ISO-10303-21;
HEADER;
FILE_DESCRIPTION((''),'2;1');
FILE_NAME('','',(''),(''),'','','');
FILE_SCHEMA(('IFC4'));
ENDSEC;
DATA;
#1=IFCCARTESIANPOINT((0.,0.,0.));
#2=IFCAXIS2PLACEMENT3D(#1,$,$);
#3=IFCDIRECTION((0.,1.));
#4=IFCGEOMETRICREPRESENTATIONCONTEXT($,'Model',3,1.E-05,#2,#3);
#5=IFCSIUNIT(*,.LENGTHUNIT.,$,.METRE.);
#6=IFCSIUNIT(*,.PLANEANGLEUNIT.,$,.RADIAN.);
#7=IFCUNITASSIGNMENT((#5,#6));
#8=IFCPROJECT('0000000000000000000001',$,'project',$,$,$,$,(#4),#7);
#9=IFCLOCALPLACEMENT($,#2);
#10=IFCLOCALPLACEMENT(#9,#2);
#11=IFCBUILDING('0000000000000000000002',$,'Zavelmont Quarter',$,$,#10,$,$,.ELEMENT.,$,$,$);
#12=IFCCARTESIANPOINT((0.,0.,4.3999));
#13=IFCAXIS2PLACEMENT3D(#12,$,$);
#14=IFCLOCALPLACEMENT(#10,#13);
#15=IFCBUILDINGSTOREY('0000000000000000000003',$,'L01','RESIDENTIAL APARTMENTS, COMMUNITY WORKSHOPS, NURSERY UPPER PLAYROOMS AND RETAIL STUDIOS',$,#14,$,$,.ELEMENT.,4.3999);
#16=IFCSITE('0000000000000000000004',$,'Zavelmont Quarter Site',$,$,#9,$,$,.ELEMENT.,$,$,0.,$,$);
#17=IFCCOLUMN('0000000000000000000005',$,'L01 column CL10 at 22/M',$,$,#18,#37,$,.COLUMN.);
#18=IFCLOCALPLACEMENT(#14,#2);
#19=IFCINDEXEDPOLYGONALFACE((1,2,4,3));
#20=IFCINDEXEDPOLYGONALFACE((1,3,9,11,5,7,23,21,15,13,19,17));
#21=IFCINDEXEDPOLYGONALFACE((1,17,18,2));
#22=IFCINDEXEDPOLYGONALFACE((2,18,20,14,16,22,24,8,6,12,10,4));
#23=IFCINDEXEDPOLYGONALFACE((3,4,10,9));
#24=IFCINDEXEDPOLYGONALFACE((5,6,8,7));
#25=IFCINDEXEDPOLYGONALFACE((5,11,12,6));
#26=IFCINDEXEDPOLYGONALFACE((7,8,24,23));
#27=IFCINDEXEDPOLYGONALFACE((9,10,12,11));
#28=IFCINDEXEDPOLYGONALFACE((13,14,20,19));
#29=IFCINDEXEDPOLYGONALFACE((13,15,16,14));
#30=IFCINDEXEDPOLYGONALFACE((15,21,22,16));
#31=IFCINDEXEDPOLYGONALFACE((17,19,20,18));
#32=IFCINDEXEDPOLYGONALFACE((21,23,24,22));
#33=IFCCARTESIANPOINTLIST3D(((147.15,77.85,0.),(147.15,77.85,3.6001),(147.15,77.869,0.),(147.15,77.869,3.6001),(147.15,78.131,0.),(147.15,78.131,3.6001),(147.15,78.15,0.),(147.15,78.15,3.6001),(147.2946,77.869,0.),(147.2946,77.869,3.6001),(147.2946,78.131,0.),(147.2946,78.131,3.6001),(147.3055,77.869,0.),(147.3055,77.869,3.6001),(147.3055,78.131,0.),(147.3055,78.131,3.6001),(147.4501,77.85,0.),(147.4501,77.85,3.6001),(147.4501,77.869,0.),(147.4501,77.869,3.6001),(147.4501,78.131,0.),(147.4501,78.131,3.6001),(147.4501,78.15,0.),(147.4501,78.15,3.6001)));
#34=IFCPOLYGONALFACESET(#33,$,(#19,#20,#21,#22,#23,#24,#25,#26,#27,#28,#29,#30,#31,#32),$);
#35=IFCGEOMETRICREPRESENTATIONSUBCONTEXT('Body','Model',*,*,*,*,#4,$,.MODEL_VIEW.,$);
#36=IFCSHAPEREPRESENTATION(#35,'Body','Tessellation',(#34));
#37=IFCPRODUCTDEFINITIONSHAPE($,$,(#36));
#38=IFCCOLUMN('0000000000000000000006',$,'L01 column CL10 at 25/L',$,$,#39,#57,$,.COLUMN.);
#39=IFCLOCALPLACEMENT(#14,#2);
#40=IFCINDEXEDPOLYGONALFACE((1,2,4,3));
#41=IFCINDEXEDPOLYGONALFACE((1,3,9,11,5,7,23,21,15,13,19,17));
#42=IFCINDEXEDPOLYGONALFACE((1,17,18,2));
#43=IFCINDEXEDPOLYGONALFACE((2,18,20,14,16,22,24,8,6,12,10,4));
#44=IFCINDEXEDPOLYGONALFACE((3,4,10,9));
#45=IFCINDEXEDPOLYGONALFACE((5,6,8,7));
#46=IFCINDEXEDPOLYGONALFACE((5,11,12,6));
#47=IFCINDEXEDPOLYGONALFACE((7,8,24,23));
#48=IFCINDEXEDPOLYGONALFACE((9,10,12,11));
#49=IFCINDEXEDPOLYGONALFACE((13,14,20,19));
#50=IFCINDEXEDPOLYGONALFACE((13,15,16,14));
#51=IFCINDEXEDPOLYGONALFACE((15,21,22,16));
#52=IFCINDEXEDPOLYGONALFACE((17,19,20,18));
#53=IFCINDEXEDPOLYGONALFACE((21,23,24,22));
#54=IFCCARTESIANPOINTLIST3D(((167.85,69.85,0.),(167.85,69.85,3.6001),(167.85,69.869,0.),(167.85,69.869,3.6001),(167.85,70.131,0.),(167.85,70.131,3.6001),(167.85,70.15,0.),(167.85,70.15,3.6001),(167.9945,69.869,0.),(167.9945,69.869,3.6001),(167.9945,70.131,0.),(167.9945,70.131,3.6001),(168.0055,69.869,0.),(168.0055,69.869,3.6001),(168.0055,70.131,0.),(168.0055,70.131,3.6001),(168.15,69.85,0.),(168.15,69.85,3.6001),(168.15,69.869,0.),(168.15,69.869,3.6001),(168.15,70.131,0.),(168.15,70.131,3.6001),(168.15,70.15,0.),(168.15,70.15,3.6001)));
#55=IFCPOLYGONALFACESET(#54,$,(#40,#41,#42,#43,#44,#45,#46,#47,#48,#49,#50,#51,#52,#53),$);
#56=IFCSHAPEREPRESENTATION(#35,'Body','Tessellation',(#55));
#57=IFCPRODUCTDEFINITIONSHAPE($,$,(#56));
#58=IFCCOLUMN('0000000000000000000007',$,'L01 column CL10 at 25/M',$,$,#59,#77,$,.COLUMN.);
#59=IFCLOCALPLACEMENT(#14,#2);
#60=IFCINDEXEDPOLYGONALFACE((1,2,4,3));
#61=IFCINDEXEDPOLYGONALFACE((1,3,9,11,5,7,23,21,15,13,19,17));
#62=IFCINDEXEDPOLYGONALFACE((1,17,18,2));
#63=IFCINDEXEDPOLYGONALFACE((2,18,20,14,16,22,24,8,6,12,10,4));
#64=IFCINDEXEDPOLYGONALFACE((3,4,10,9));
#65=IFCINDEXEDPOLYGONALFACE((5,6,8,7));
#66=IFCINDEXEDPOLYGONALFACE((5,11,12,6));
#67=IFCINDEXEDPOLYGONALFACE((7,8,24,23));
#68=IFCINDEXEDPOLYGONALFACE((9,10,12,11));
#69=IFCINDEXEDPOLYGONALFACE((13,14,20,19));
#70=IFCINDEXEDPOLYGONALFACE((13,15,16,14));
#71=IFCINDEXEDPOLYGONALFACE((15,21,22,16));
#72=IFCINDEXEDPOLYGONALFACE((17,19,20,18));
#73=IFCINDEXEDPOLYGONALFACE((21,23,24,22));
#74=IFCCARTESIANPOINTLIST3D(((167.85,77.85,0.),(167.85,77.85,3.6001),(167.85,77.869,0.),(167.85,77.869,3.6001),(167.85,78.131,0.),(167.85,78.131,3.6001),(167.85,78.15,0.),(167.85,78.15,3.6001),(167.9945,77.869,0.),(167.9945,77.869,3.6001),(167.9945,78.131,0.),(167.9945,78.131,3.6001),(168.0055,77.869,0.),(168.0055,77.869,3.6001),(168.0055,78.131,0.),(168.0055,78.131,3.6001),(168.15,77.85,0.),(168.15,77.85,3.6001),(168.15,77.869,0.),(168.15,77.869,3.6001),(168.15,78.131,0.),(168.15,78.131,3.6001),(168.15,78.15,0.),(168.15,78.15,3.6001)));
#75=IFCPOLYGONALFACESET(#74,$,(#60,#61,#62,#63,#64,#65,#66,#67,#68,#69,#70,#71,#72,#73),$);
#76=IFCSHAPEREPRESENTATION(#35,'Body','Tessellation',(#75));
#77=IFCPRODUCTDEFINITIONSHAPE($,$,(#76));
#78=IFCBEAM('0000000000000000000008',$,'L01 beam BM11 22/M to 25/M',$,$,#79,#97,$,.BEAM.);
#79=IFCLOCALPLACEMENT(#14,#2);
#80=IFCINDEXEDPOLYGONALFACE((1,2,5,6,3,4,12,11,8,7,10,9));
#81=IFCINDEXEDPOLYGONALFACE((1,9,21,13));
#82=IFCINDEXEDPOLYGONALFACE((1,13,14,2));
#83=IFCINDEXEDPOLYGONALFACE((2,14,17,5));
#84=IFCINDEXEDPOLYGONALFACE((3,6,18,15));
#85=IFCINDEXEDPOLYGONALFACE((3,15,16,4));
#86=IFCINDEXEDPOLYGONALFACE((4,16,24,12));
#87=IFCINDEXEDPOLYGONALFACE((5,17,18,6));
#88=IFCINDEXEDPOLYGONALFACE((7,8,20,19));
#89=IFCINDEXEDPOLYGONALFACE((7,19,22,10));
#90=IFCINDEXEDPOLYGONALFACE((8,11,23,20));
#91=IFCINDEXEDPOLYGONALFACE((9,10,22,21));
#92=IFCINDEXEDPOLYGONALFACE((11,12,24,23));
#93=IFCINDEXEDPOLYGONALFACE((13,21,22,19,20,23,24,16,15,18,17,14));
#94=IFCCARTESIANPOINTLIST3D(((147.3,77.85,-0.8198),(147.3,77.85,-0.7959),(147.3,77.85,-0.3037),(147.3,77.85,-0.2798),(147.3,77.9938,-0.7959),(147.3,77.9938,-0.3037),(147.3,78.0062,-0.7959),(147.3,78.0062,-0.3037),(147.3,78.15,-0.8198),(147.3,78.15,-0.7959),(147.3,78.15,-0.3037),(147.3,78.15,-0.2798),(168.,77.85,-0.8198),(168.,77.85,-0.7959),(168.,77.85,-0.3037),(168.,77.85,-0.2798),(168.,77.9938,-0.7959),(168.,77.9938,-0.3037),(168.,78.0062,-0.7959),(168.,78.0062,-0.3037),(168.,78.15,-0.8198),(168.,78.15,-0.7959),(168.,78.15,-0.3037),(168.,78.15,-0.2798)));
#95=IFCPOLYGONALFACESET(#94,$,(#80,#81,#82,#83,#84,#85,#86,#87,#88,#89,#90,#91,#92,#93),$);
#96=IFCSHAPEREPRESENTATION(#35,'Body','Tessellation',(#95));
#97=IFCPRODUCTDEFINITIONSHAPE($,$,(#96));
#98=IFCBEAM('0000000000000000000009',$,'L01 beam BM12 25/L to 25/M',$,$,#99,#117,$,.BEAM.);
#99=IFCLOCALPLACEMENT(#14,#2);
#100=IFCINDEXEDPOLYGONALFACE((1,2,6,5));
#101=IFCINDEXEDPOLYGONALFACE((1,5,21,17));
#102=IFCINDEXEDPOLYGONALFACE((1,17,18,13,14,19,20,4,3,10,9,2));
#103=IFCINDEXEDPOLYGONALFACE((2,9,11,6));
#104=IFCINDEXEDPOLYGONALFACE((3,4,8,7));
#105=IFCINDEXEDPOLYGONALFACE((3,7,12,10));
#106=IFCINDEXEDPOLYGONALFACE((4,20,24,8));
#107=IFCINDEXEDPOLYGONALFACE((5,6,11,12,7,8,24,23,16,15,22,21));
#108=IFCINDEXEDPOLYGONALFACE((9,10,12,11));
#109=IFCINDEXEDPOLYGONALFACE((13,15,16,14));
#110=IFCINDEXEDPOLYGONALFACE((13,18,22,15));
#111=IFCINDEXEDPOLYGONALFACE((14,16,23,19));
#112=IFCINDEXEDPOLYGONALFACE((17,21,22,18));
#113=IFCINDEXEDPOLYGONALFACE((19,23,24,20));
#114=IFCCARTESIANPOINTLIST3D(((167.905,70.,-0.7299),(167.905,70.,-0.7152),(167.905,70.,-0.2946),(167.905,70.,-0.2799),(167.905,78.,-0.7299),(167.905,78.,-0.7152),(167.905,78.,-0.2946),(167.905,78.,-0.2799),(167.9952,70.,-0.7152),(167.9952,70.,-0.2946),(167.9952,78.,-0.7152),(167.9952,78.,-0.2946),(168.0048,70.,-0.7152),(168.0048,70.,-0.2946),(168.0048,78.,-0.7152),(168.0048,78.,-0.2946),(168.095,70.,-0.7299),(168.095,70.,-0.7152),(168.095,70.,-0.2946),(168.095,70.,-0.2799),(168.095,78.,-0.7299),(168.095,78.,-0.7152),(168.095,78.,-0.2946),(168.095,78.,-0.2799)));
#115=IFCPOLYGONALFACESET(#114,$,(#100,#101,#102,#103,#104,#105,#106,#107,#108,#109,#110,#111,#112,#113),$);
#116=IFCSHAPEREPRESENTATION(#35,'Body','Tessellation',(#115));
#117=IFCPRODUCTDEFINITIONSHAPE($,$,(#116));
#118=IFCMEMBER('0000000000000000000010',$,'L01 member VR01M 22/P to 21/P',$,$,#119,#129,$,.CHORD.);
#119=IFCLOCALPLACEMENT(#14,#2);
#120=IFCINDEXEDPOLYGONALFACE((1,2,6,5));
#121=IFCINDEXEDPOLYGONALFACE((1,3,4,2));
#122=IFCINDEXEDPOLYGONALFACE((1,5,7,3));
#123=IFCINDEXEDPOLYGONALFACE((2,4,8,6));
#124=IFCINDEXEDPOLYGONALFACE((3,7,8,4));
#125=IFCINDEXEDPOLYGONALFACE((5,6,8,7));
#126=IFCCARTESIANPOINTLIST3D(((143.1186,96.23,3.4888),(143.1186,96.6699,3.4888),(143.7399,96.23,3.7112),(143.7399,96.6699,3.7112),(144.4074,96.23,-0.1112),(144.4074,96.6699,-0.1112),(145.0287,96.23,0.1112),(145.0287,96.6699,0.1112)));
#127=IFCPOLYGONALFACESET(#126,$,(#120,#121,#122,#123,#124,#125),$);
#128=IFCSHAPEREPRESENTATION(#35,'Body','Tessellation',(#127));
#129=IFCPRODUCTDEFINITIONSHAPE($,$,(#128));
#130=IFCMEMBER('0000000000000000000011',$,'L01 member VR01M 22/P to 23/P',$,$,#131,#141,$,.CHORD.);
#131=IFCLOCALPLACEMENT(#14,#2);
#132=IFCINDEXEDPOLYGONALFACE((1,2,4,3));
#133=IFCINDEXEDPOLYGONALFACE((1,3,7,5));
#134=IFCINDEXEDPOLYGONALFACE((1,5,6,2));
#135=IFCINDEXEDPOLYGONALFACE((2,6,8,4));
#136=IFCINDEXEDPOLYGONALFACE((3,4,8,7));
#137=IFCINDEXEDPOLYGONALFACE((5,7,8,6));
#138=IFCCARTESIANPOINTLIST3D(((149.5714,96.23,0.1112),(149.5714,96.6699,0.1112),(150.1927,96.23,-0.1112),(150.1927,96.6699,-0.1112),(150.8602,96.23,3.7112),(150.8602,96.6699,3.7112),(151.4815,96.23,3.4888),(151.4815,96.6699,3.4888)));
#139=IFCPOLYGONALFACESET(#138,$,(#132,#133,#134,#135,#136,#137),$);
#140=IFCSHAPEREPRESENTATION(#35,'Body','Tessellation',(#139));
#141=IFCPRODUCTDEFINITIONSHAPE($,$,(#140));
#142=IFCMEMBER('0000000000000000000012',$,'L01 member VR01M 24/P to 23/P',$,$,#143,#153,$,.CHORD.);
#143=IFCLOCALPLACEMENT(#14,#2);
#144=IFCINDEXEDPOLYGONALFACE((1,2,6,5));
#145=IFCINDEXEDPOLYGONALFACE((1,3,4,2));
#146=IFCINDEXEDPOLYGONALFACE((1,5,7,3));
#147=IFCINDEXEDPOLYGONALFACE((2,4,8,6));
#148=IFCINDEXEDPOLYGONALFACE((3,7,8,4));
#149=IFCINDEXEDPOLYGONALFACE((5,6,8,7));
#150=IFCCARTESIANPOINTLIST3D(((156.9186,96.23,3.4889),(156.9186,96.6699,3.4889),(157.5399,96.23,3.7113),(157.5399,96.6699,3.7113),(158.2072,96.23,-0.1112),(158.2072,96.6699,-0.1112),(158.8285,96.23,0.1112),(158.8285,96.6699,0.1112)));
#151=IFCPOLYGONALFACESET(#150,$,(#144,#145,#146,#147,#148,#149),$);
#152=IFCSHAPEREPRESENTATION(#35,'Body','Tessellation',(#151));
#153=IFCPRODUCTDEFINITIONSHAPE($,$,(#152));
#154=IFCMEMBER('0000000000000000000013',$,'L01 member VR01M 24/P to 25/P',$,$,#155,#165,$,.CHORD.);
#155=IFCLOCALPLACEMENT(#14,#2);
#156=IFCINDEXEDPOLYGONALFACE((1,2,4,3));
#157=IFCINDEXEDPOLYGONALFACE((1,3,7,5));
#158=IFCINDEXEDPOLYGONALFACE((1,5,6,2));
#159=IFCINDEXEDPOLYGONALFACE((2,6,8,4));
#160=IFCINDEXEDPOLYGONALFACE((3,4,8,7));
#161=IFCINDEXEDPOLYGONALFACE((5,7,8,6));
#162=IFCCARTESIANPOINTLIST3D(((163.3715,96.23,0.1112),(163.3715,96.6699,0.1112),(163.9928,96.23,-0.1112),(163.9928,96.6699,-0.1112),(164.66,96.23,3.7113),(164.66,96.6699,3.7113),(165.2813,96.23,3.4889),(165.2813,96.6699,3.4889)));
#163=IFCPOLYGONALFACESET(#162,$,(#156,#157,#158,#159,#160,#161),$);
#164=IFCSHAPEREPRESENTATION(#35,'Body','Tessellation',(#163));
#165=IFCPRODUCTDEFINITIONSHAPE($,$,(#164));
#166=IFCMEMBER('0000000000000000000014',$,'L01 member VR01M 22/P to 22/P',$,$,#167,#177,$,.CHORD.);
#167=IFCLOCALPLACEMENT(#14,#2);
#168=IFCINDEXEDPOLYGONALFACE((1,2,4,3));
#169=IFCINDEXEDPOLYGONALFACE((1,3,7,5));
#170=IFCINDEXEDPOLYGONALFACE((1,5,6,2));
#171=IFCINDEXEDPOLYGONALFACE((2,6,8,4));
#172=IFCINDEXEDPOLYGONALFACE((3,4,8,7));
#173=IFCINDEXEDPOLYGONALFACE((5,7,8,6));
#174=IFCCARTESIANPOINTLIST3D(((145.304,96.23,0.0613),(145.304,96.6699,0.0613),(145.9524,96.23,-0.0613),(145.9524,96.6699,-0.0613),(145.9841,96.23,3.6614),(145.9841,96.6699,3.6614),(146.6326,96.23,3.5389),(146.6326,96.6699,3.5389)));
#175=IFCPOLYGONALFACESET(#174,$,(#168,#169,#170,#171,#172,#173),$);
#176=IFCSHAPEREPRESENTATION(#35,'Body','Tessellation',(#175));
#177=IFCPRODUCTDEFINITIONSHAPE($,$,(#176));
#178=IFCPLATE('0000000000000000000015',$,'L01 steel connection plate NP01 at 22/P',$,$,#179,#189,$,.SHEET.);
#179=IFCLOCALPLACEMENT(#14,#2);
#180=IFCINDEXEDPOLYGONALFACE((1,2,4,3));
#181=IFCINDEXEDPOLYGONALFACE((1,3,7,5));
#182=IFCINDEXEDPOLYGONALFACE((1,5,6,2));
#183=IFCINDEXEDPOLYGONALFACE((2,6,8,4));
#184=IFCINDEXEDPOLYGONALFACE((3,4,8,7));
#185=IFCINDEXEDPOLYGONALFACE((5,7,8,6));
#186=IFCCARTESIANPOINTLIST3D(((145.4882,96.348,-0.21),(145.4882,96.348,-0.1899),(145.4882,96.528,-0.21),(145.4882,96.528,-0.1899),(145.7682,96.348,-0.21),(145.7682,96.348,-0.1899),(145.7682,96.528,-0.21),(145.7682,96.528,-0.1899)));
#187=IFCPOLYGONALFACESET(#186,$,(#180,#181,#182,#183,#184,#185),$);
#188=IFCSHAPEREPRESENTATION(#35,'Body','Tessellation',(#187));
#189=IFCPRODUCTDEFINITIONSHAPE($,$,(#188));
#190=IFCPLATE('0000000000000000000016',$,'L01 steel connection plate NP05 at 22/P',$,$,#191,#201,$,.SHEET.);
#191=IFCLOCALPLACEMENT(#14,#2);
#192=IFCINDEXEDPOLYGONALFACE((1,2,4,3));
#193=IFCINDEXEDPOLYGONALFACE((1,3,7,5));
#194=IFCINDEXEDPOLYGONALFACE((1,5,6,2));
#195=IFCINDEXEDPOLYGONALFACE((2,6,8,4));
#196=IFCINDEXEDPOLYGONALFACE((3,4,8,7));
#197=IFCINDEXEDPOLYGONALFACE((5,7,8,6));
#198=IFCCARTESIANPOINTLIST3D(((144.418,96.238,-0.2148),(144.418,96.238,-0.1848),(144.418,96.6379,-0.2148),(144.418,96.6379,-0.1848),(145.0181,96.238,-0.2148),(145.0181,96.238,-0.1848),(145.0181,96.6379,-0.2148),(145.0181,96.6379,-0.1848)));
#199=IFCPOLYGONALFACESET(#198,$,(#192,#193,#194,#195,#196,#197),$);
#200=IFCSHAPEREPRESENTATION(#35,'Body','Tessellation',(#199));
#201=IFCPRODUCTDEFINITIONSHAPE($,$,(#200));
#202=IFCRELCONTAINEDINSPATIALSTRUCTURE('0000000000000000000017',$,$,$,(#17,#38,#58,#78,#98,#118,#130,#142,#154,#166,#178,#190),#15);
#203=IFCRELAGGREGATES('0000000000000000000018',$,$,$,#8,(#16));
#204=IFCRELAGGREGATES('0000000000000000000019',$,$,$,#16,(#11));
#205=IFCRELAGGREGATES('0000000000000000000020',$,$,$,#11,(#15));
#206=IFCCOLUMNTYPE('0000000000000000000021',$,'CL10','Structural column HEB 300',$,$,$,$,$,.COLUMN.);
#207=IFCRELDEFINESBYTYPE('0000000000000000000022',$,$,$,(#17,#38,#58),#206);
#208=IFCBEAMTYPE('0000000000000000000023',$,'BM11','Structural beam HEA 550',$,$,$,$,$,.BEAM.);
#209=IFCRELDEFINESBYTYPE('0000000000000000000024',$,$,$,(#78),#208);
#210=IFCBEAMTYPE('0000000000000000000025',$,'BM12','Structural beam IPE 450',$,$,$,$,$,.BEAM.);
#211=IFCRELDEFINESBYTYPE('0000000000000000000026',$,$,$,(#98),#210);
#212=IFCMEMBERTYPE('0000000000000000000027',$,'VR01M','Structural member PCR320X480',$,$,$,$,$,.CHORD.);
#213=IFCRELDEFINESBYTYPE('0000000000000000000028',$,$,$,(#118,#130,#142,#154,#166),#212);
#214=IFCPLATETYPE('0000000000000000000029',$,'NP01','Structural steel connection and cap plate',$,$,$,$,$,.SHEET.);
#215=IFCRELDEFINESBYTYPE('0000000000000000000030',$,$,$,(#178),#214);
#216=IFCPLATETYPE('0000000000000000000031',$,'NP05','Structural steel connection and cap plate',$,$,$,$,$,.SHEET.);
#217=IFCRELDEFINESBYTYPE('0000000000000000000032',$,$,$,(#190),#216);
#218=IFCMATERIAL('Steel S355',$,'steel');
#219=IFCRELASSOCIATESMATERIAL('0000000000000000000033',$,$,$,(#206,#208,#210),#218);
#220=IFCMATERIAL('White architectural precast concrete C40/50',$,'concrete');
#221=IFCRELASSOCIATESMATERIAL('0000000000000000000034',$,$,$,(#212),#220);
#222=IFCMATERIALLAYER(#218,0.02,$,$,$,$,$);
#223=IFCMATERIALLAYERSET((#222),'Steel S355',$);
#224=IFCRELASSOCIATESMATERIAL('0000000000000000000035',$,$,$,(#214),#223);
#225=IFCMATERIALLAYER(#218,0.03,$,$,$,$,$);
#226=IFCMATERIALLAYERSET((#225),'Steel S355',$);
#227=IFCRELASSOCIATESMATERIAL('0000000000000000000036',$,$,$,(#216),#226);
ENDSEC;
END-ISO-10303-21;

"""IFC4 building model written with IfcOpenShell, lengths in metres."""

from ifc_helpers import new_model, si_unit, direction, frame, origin, origin_2d, place, context, subcontext, project, spatial, rectangle, i_section, extrude, material, layer, layer_set, material_profile, profile_set, type_object, element, save


model = new_model("IFC4")

# Units and contexts
model_context = context("Model", 3, precision=1e-05, world=origin(), true_north=direction((0.0, 1.0)))
body_context = subcontext(model_context, "Body", "Model", "MODEL_VIEW")
ifc_project = project(units=[si_unit("LENGTHUNIT", "METRE"), si_unit("PLANEANGLEUNIT", "RADIAN")], contexts=[model_context])

# Site, building, storey
site_placement = place(None, origin())
site = spatial("IfcSite", under=ifc_project, at=site_placement, Name="Zavelmont Quarter Site", CompositionType="ELEMENT", RefElevation=0.0)
building_placement = place(site_placement, origin())
building = spatial("IfcBuilding", under=site, at=building_placement, Name="Zavelmont Quarter", CompositionType="ELEMENT")
storey_placement = place(building_placement, frame((0.0, 0.0, 4.3999)))
storey = spatial("IfcBuildingStorey", under=building, at=storey_placement, Name="L01", Description="RESIDENTIAL APARTMENTS, COMMUNITY WORKSHOPS, NURSERY UPPER PLAYROOMS AND RETAIL STUDIOS", CompositionType="ELEMENT", Elevation=4.3999)

# Columns
ifc_material_1 = material(Name="Steel S355", Category="steel")
ifc_material_profile_1 = material_profile(ifc_material_1, i_section(OverallWidth=0.3, OverallDepth=0.3, WebThickness=0.011, FlangeThickness=0.019, at=origin_2d()), Name="HEB 300")
ifc_profile_set_1 = profile_set([ifc_material_profile_1], Name="Steel S355")
column_type = type_object("IfcColumnType", Name="CL10", Description="Structural column HEB 300", PredefinedType="COLUMN", material=ifc_profile_set_1)
for number, where, z_axis, x_axis, name in (
    (1, (147.3, 78.0, 0.0), (0.0, 0.0, 1.0), (1.0, 0.0, 0.0), "L01 column CL10 at 22/M"),
    (2, (168.0, 70.0, 0.0), (0.0, 0.0, 1.0), (1.0, 0.0, 0.0), "L01 column CL10 at 25/L"),
    (3, (168.0, 78.0, 0.0), (0.0, 0.0, 1.0), (1.0, 0.0, 0.0), "L01 column CL10 at 25/M"),
):
    element("IfcColumn", number, at=place(storey_placement, frame(where, z_axis=z_axis, x_axis=x_axis)), inside=storey, type_object=column_type, Name=name, PredefinedType="COLUMN", context=body_context, shape_type="SweptSolid", body=[
        extrude(i_section(OverallWidth=0.3, OverallDepth=0.3, WebThickness=0.011, FlangeThickness=0.019, at=origin_2d()), origin(), (0.0, 0.0, 1.0), 3.6001),
    ])

# Beams
ifc_material_profile_2 = material_profile(ifc_material_1, i_section(OverallWidth=0.3, OverallDepth=0.54, WebThickness=0.0125, FlangeThickness=0.0239, at=origin_2d()), Name="HEA 550")
ifc_profile_set_2 = profile_set([ifc_material_profile_2], Name="Steel S355")
beam_type_1 = type_object("IfcBeamType", Name="BM11", Description="Structural beam HEA 550", PredefinedType="BEAM", material=ifc_profile_set_2)
beam_1_placement = place(storey_placement, frame((147.3, 78.0, -0.5498), z_axis=(1.0, 0.0, 0.0), x_axis=(0.0, 1.0, 0.0)))
element("IfcBeam", 4, at=beam_1_placement, inside=storey, type_object=beam_type_1, Name="L01 beam BM11 22/M to 25/M", PredefinedType="BEAM", context=body_context, shape_type="SweptSolid", body=[
    extrude(i_section(OverallWidth=0.3, OverallDepth=0.54, WebThickness=0.0125, FlangeThickness=0.0239, at=origin_2d()), origin(), (0.0, 0.0, 1.0), 20.7),
])
ifc_material_profile_3 = material_profile(ifc_material_1, i_section(OverallWidth=0.1899, OverallDepth=0.45, WebThickness=0.0095, FlangeThickness=0.0146, at=origin_2d()), Name="IPE 450")
ifc_profile_set_3 = profile_set([ifc_material_profile_3], Name="Steel S355")
beam_type_2 = type_object("IfcBeamType", Name="BM12", Description="Structural beam IPE 450", PredefinedType="BEAM", material=ifc_profile_set_3)
beam_2_placement = place(storey_placement, frame((168.0, 70.0, -0.5049), z_axis=(0.0, 1.0, 0.0), x_axis=(-1.0, 0.0, 0.0)))
element("IfcBeam", 5, at=beam_2_placement, inside=storey, type_object=beam_type_2, Name="L01 beam BM12 25/L to 25/M", PredefinedType="BEAM", context=body_context, shape_type="SweptSolid", body=[
    extrude(i_section(OverallWidth=0.1899, OverallDepth=0.45, WebThickness=0.0095, FlangeThickness=0.0146, at=origin_2d()), origin(), (0.0, 0.0, 1.0), 8.0),
])

# Members
ifc_material_2 = material(Name="White architectural precast concrete C40/50", Category="concrete")
ifc_material_profile_4 = material_profile(ifc_material_2, rectangle(XDim=0.4399, YDim=0.6599, at=origin_2d()), Name="PCR320X480")
ifc_profile_set_4 = profile_set([ifc_material_profile_4], Name="White architectural precast concrete C40/50")
member_type = type_object("IfcMemberType", Name="VR01M", Description="Structural member PCR320X480", PredefinedType="CHORD", material=ifc_profile_set_4)
for number, where, z_axis, x_axis, name in (
    (6, (144.718, 96.45, 0.0), (-0.337048, 0.0, 0.941487), (0.0, -1.0, 0.0), "L01 member VR01M 22/P to 21/P"),
    (7, (149.8821, 96.45, 0.0), (0.337048, 0.0, 0.941487), (0.0, 1.0, 0.0), "L01 member VR01M 22/P to 23/P"),
    (8, (158.5178, 96.45, 0.0), (-0.336992, 0.0, 0.941508), (0.0, -1.0, 0.0), "L01 member VR01M 24/P to 23/P"),
    (9, (163.6821, 96.45, 0.0), (0.336992, 0.0, 0.941508), (0.0, 1.0, 0.0), "L01 member VR01M 24/P to 25/P"),
):
    element("IfcMember", number, at=place(storey_placement, frame(where, z_axis=z_axis, x_axis=x_axis)), inside=storey, type_object=member_type, Name=name, PredefinedType="CHORD", context=body_context, shape_type="SweptSolid", body=[
        extrude(rectangle(XDim=0.4399, YDim=0.6599, at=origin_2d()), origin(), (0.0, 0.0, 1.0), 3.8237),
    ])
member_placement = place(storey_placement, frame((145.6282, 96.45, 0.0), z_axis=(0.185648, 0.0, 0.982616), x_axis=(0.0, 1.0, 0.0)))
element("IfcMember", 10, at=member_placement, inside=storey, type_object=member_type, Name="L01 member VR01M 22/P to 22/P", PredefinedType="CHORD", context=body_context, shape_type="SweptSolid", body=[
    extrude(rectangle(XDim=0.4399, YDim=0.6599, at=origin_2d()), origin(), (0.0, 0.0, 1.0), 3.6638),
])

# Plates
ifc_layer_1 = layer(ifc_material_1, 0.02)
ifc_layer_set_1 = layer_set([ifc_layer_1], Name="Steel S355")
plate_type_1 = type_object("IfcPlateType", Name="NP01", Description="Structural steel connection and cap plate", PredefinedType="SHEET", material=ifc_layer_set_1)
plate_placement = place(storey_placement, frame((145.6282, 96.438, -0.21), z_axis=(0.0, 0.0, 1.0), x_axis=(1.0, 0.0, 0.0)))
element("IfcPlate", 11, at=plate_placement, inside=storey, type_object=plate_type_1, Name="L01 steel connection plate NP01 at 22/P", PredefinedType="SHEET", context=body_context, shape_type="SweptSolid", body=[
    extrude(rectangle(XDim=0.28, YDim=0.1799, at=origin_2d()), origin(), (0.0, 0.0, 1.0), 0.02),
])
ifc_layer_2 = layer(ifc_material_1, 0.03)
ifc_layer_set_2 = layer_set([ifc_layer_2], Name="Steel S355")
plate_type_2 = type_object("IfcPlateType", Name="NP05", Description="Structural steel connection and cap plate", PredefinedType="SHEET", material=ifc_layer_set_2)
for number, where, z_axis, x_axis, name in (
    (12, (144.718, 96.438, -0.2148), (0.0, 0.0, 1.0), (1.0, 0.0, 0.0), "L01 steel connection plate NP05 at 22/P"),
):
    element("IfcPlate", number, at=place(storey_placement, frame(where, z_axis=z_axis, x_axis=x_axis)), inside=storey, type_object=plate_type_2, Name=name, PredefinedType="SHEET", context=body_context, shape_type="SweptSolid", body=[
        extrude(rectangle(XDim=0.6001, YDim=0.3999, at=origin_2d()), origin(), (0.0, 0.0, 1.0), 0.03),
    ])

save(model, "model.ifc")
